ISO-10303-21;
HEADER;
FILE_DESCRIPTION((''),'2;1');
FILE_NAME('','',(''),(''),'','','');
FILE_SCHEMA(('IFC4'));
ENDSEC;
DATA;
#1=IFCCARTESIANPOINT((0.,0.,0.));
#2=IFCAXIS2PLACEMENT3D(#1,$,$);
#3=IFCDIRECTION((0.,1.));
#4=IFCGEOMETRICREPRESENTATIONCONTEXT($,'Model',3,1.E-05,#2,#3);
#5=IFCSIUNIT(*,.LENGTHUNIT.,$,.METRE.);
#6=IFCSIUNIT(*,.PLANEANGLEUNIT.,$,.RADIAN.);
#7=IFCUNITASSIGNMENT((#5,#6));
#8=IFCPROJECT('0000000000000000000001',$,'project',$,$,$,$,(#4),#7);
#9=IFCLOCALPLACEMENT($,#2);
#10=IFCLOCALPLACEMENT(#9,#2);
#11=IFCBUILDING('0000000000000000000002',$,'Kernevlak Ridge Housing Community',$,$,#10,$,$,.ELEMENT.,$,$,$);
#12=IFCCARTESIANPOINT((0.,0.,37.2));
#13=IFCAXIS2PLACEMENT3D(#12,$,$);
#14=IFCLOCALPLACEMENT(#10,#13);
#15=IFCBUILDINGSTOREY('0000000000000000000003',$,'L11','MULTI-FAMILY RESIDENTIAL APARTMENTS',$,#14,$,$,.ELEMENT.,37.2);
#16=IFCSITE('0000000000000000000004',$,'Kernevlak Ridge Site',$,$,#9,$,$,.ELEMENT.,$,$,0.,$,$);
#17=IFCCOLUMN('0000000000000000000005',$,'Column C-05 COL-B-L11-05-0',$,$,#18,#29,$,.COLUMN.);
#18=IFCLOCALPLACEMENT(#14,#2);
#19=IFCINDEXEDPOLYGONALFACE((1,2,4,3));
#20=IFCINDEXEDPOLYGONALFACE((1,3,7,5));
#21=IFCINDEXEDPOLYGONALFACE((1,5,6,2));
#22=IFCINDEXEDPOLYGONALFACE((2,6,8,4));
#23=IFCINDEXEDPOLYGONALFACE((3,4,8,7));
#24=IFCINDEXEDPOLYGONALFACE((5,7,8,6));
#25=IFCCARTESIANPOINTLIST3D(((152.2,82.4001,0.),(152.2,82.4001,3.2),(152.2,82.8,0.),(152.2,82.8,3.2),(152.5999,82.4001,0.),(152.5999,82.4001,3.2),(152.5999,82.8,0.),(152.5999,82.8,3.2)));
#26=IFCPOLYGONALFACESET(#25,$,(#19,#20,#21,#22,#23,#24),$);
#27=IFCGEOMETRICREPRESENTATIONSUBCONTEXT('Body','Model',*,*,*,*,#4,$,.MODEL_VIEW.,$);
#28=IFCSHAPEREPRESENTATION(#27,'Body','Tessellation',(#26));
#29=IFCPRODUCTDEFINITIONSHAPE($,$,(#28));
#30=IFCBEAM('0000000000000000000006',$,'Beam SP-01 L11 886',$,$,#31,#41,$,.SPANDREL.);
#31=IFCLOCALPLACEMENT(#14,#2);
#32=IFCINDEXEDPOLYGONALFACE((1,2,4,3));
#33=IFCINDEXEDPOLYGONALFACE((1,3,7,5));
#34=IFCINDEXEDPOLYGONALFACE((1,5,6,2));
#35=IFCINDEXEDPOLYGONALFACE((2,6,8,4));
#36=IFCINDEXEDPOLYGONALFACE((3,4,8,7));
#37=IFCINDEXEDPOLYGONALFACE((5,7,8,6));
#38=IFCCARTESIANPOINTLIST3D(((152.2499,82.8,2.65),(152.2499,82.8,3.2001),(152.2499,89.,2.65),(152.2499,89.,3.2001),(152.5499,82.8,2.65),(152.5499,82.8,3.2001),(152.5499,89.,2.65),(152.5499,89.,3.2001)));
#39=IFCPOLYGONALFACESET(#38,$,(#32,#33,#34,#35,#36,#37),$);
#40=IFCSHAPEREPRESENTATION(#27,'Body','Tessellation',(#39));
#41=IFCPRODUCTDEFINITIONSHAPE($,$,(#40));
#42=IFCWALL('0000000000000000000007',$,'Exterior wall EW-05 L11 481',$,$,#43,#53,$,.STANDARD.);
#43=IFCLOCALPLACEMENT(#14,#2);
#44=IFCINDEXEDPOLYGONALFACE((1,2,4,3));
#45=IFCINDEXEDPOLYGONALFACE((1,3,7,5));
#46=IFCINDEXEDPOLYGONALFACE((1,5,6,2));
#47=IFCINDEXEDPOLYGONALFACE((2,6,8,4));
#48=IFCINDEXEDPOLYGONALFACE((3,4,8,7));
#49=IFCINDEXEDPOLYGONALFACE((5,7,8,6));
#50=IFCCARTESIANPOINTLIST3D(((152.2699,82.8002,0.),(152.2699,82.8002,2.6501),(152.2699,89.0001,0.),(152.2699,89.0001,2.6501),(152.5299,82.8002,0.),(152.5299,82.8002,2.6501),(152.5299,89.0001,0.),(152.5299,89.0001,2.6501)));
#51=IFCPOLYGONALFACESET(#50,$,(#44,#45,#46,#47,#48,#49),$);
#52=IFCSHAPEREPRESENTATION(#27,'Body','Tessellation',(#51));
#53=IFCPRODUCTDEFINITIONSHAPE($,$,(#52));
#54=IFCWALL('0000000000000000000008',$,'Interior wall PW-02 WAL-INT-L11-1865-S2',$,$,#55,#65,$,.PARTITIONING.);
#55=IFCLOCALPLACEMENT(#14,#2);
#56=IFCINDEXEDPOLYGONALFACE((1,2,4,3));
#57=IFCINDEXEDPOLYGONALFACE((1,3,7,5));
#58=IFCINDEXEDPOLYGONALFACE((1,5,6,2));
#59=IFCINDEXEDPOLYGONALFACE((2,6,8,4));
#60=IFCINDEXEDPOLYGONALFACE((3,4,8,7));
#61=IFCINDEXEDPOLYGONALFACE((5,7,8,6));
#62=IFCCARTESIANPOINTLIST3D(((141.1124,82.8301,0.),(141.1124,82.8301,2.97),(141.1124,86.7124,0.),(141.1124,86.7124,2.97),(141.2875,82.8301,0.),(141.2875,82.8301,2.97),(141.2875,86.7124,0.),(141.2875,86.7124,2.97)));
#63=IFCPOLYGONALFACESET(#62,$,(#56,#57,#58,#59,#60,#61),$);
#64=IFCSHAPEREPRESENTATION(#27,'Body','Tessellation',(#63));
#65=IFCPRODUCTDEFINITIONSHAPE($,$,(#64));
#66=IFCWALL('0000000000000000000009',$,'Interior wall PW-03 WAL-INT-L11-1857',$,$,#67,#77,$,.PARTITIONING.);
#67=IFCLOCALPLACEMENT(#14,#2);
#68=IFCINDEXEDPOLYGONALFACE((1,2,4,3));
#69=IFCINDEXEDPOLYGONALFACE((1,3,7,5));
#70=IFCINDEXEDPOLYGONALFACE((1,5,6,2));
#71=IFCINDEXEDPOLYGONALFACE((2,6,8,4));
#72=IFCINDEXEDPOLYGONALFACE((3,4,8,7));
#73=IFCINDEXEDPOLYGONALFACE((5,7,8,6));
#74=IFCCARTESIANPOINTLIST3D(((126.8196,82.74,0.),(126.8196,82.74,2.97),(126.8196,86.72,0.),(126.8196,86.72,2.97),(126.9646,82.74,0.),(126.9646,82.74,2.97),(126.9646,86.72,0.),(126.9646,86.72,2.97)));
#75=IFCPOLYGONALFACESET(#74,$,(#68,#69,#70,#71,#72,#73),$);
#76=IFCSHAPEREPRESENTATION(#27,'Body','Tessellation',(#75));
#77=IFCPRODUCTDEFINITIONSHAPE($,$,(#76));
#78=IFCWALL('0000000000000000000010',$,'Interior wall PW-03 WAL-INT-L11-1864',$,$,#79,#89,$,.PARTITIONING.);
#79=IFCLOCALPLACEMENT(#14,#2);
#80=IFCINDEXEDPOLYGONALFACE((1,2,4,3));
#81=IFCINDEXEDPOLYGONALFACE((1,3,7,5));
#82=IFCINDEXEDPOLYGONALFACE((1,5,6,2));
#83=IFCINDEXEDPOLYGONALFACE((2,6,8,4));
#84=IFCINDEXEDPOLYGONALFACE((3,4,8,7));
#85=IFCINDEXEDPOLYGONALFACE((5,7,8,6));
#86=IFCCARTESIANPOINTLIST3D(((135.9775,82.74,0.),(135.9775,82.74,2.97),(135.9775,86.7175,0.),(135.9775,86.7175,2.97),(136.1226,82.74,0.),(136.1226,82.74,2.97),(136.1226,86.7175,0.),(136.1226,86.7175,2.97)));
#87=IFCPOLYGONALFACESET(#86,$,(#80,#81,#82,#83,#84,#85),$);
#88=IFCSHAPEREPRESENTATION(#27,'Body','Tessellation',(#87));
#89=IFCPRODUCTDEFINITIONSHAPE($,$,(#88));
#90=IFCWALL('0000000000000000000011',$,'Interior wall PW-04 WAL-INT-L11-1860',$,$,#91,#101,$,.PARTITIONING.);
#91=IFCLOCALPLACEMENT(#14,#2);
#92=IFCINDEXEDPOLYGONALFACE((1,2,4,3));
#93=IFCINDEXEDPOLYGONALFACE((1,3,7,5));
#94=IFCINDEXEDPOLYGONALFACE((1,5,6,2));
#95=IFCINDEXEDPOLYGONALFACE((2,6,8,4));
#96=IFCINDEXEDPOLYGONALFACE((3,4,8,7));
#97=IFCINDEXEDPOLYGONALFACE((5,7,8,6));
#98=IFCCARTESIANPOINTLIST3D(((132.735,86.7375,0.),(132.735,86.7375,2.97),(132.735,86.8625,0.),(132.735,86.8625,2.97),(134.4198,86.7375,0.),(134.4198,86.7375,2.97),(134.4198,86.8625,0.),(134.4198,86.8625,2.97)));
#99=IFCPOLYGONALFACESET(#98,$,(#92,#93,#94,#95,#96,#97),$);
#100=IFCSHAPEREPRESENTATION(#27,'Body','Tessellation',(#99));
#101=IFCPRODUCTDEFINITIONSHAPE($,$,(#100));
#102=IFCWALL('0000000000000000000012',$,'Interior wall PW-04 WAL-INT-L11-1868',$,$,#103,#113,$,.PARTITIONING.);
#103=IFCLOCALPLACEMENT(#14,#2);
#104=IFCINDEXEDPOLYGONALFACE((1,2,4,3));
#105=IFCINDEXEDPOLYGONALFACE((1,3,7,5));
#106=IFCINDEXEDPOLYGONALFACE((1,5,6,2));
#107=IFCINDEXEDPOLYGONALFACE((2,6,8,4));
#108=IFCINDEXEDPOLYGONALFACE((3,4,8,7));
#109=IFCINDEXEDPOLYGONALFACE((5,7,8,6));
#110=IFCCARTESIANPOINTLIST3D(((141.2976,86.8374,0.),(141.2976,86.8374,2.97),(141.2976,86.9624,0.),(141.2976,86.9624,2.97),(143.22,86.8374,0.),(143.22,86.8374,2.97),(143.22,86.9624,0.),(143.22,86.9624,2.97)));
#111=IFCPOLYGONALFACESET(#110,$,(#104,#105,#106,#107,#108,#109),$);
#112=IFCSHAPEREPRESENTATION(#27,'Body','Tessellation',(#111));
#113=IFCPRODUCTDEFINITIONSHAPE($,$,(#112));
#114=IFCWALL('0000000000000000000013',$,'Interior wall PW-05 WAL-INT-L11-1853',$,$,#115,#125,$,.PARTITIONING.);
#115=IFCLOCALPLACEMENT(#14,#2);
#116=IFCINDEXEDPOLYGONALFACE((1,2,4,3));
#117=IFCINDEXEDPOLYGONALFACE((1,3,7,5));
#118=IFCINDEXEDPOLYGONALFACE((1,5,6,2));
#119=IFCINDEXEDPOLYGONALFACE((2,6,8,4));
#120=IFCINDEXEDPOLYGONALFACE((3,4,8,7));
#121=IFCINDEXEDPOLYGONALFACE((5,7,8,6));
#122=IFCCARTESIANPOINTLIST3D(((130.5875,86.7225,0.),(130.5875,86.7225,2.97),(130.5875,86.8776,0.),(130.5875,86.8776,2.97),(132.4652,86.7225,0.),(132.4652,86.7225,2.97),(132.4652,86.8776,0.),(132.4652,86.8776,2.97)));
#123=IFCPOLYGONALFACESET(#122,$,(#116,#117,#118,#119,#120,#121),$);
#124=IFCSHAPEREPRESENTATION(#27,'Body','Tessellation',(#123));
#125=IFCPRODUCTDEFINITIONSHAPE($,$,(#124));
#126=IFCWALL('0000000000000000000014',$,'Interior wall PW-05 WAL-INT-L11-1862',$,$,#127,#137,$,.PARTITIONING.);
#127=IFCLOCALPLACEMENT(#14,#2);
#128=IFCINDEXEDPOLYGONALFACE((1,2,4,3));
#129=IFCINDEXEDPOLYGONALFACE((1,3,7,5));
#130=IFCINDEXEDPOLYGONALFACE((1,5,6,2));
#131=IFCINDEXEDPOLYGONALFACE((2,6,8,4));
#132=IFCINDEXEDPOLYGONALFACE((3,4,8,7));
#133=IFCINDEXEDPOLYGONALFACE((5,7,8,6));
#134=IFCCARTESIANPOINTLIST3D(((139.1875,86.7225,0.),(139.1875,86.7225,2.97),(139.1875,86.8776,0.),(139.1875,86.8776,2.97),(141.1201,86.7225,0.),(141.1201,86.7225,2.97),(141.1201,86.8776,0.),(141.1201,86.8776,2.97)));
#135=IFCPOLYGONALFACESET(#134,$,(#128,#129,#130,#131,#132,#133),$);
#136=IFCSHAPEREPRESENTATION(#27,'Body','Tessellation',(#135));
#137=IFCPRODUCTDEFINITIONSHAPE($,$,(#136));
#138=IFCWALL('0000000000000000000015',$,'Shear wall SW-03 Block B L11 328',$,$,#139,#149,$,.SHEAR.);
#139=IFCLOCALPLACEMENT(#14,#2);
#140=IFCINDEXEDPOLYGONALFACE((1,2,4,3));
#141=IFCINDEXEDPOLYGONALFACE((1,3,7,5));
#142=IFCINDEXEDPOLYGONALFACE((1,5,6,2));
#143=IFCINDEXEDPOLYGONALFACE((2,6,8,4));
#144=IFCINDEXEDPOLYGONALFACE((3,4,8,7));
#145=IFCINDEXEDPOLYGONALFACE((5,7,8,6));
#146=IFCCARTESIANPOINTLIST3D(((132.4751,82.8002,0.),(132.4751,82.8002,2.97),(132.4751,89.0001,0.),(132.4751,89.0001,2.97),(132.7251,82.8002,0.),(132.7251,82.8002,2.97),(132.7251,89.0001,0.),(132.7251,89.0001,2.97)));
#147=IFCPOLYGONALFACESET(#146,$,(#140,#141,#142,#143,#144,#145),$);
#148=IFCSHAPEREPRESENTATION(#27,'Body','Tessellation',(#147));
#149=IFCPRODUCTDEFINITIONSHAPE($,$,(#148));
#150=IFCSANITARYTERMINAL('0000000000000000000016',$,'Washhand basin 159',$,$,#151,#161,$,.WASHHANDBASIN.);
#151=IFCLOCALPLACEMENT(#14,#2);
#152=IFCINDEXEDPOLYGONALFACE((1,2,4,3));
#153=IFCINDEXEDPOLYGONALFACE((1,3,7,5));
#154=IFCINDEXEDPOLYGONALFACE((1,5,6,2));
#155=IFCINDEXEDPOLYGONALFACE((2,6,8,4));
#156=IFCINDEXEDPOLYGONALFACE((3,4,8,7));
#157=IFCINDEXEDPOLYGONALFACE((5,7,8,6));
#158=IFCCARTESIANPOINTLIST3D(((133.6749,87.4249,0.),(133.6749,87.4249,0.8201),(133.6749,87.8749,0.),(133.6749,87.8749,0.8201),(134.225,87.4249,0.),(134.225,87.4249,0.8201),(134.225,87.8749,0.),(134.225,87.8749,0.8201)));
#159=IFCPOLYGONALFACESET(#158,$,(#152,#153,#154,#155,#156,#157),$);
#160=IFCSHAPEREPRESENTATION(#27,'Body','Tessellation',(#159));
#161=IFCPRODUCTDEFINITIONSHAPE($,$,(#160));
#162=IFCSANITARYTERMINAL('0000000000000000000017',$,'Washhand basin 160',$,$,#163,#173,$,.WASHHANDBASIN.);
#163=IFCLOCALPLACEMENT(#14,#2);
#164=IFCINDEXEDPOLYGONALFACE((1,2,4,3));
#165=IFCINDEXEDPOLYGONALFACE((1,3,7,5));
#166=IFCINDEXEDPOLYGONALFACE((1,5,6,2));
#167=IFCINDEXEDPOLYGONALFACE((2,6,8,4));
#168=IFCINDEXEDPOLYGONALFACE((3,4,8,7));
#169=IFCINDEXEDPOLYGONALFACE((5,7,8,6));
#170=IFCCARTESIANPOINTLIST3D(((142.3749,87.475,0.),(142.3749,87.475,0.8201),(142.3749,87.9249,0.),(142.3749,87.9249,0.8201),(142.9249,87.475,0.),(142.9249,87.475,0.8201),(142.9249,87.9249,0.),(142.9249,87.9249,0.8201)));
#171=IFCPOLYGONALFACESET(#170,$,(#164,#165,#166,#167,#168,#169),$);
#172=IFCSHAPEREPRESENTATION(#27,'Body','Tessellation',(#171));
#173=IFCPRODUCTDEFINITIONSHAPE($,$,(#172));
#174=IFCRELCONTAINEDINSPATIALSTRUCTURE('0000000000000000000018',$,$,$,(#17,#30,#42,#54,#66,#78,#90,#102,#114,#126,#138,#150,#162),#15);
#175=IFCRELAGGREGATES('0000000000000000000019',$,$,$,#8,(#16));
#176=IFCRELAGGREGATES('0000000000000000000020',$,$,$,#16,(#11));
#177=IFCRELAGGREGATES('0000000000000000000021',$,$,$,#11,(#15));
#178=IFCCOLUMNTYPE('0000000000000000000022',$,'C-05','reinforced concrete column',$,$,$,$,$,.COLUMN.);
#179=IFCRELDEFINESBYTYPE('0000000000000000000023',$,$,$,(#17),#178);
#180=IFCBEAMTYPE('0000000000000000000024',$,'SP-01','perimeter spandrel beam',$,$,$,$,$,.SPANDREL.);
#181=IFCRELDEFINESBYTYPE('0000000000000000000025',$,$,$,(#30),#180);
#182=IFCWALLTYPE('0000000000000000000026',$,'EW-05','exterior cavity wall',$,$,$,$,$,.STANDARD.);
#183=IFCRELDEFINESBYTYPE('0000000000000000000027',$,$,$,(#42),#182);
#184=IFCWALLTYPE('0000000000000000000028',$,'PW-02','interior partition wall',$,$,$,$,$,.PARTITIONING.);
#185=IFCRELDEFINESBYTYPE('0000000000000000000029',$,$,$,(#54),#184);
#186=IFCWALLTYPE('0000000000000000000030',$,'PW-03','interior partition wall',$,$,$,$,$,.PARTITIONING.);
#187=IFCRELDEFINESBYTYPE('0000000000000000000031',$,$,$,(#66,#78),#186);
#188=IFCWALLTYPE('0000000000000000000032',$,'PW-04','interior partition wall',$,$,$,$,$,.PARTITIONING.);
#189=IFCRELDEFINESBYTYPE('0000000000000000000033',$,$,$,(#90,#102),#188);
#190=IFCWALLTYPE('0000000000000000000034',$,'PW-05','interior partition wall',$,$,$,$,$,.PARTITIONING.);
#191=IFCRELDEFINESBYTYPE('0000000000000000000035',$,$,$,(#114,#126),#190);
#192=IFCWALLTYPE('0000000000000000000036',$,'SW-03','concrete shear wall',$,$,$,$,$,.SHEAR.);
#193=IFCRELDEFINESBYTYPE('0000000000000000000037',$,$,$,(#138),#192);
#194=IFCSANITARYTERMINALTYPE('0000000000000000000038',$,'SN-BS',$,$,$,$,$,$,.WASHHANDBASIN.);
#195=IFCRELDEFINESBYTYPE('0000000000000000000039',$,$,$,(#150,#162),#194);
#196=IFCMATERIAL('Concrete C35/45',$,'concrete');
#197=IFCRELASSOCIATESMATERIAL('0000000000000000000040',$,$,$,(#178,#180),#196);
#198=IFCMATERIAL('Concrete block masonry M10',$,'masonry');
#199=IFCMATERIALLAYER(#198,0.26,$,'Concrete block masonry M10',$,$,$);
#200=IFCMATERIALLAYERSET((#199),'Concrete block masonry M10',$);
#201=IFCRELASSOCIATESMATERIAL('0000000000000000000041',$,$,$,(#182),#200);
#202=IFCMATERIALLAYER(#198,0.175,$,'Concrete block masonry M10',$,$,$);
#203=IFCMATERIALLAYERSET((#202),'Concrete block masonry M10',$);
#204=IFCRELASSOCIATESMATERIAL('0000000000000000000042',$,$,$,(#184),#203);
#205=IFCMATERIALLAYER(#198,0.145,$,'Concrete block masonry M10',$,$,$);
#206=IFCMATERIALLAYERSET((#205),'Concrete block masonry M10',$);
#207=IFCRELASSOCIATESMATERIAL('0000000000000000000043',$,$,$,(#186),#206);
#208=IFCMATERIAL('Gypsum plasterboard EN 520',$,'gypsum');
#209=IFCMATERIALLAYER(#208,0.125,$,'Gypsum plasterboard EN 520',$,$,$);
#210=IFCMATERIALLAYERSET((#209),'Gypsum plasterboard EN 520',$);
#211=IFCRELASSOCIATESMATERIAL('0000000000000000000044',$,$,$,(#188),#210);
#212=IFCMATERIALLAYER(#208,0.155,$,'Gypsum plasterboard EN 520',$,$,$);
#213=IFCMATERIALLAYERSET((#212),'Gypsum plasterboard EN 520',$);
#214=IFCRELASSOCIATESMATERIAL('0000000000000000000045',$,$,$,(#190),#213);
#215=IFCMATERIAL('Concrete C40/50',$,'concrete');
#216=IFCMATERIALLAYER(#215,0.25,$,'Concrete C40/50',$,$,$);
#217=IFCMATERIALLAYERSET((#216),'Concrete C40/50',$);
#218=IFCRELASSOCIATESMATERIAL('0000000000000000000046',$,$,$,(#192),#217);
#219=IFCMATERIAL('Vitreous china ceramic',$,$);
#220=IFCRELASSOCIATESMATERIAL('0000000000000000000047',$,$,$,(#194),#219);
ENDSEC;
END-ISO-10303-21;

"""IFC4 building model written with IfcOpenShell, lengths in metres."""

from ifc_helpers import new_model, si_unit, direction, frame, frame_2d, origin, origin_2d, place, context, subcontext, project, spatial, rectangle, extrude, material, layer, layer_set, material_profile, profile_set, type_object, element, save


model = new_model("IFC4")

# Units and contexts
model_context = context("Model", 3, precision=1e-05, world=origin(), true_north=direction((0.0, 1.0)))
body_context = subcontext(model_context, "Body", "Model", "MODEL_VIEW")
ifc_project = project(units=[si_unit("LENGTHUNIT", "METRE"), si_unit("PLANEANGLEUNIT", "RADIAN")], contexts=[model_context])

# Site, building, storey
site_placement = place(None, origin())
site = spatial("IfcSite", under=ifc_project, at=site_placement, Name="Kernevlak Ridge Site", CompositionType="ELEMENT", RefElevation=0.0)
building_placement = place(site_placement, origin())
building = spatial("IfcBuilding", under=site, at=building_placement, Name="Kernevlak Ridge Housing Community", CompositionType="ELEMENT")
storey_placement = place(building_placement, frame((0.0, 0.0, 37.2)))
storey = spatial("IfcBuildingStorey", under=building, at=storey_placement, Name="L11", Description="MULTI-FAMILY RESIDENTIAL APARTMENTS", CompositionType="ELEMENT", Elevation=37.2)

# Column
ifc_material_1 = material(Name="Concrete C35/45", Category="concrete")
ifc_material_profile_1 = material_profile(ifc_material_1, rectangle(XDim=0.3999, YDim=0.3999, at=origin_2d()), Name="RC 400x400")
ifc_profile_set_1 = profile_set([ifc_material_profile_1], Name="Concrete C35/45")
column_type = type_object("IfcColumnType", Name="C-05", Description="reinforced concrete column", PredefinedType="COLUMN", material=ifc_profile_set_1)
column_placement = place(storey_placement, frame((152.3999, 82.6001, 0.0), z_axis=(0.0, 0.0, 1.0), x_axis=(1.0, 0.0, 0.0)))
element("IfcColumn", 1, at=column_placement, inside=storey, type_object=column_type, Name="Column C-05 COL-B-L11-05-0", PredefinedType="COLUMN", context=body_context, shape_type="SweptSolid", body=[
    extrude(rectangle(XDim=0.3999, YDim=0.3999, at=origin_2d()), origin(), (0.0, 0.0, 1.0), 3.2),
])

# Beam
ifc_material_profile_2 = material_profile(ifc_material_1, rectangle(XDim=0.3, YDim=0.55, at=origin_2d()), Name="RC 300x550")
ifc_profile_set_2 = profile_set([ifc_material_profile_2], Name="Concrete C35/45")
beam_type = type_object("IfcBeamType", Name="SP-01", Description="perimeter spandrel beam", PredefinedType="SPANDREL", material=ifc_profile_set_2)
beam_placement = place(storey_placement, frame((152.3999, 82.8, 2.925), z_axis=(0.0, 1.0, 0.0), x_axis=(-1.0, 0.0, 0.0)))
element("IfcBeam", 2, at=beam_placement, inside=storey, type_object=beam_type, Name="Beam SP-01 L11 886", PredefinedType="SPANDREL", context=body_context, shape_type="SweptSolid", body=[
    extrude(rectangle(XDim=0.3, YDim=0.55, at=origin_2d()), origin(), (0.0, 0.0, 1.0), 6.2),
])

# Walls
ifc_material_2 = material(Name="Concrete block masonry M10", Category="masonry")
ifc_layer_1 = layer(ifc_material_2, 0.26, Name="Concrete block masonry M10")
ifc_layer_set_1 = layer_set([ifc_layer_1], Name="Concrete block masonry M10")
wall_type_1 = type_object("IfcWallType", Name="EW-05", Description="exterior cavity wall", PredefinedType="STANDARD", material=ifc_layer_set_1)
wall_1_placement = place(storey_placement, frame((152.3999, 82.8, 0.0), z_axis=(0.0, 0.0, 1.0), x_axis=(0.0, 1.0, 0.0)))
element("IfcWall", 3, at=wall_1_placement, inside=storey, type_object=wall_type_1, Name="Exterior wall EW-05 L11 481", PredefinedType="STANDARD", context=body_context, shape_type="SweptSolid", body=[
    extrude(rectangle(XDim=6.2, YDim=0.26, at=frame_2d((3.1001, 0.0))), origin(), (0.0, 0.0, 1.0), 2.6501),
])
ifc_layer_2 = layer(ifc_material_2, 0.175, Name="Concrete block masonry M10")
ifc_layer_set_2 = layer_set([ifc_layer_2], Name="Concrete block masonry M10")
wall_type_2 = type_object("IfcWallType", Name="PW-02", Description="interior partition wall", PredefinedType="PARTITIONING", material=ifc_layer_set_2)
wall_2_placement = place(storey_placement, frame((141.2, 86.7124, 0.0), z_axis=(0.0, 0.0, 1.0), x_axis=(0.0, -1.0, 0.0)))
element("IfcWall", 4, at=wall_2_placement, inside=storey, type_object=wall_type_2, Name="Interior wall PW-02 WAL-INT-L11-1865-S2", PredefinedType="PARTITIONING", context=body_context, shape_type="SweptSolid", body=[
    extrude(rectangle(XDim=3.8823, YDim=0.175, at=frame_2d((1.9412, 0.0))), origin(), (0.0, 0.0, 1.0), 2.97),
])
ifc_layer_3 = layer(ifc_material_2, 0.145, Name="Concrete block masonry M10")
ifc_layer_set_3 = layer_set([ifc_layer_3], Name="Concrete block masonry M10")
wall_type_3 = type_object("IfcWallType", Name="PW-03", Description="interior partition wall", PredefinedType="PARTITIONING", material=ifc_layer_set_3)
wall_3_placement = place(storey_placement, frame((126.8921, 86.72, 0.0), z_axis=(0.0, 0.0, 1.0), x_axis=(0.0, -1.0, 0.0)))
element("IfcWall", 5, at=wall_3_placement, inside=storey, type_object=wall_type_3, Name="Interior wall PW-03 WAL-INT-L11-1857", PredefinedType="PARTITIONING", context=body_context, shape_type="SweptSolid", body=[
    extrude(rectangle(XDim=3.98, YDim=0.145, at=frame_2d((1.99, 0.0))), origin(), (0.0, 0.0, 1.0), 2.97),
])

# Walls
wall_4_placement = place(storey_placement, frame((136.05, 86.7175, 0.0), z_axis=(0.0, 0.0, 1.0), x_axis=(0.0, -1.0, 0.0)))
element("IfcWall", 6, at=wall_4_placement, inside=storey, type_object=wall_type_3, Name="Interior wall PW-03 WAL-INT-L11-1864", PredefinedType="PARTITIONING", context=body_context, shape_type="SweptSolid", body=[
    extrude(rectangle(XDim=3.9775, YDim=0.145, at=frame_2d((1.9888, 0.0))), origin(), (0.0, 0.0, 1.0), 2.97),
])
ifc_material_3 = material(Name="Gypsum plasterboard EN 520", Category="gypsum")
ifc_layer_4 = layer(ifc_material_3, 0.125, Name="Gypsum plasterboard EN 520")
ifc_layer_set_4 = layer_set([ifc_layer_4], Name="Gypsum plasterboard EN 520")
wall_type_4 = type_object("IfcWallType", Name="PW-04", Description="interior partition wall", PredefinedType="PARTITIONING", material=ifc_layer_set_4)
wall_5_placement = place(storey_placement, frame((132.7351, 86.8, 0.0), z_axis=(0.0, 0.0, 1.0), x_axis=(1.0, 0.0, 0.0)))
element("IfcWall", 7, at=wall_5_placement, inside=storey, type_object=wall_type_4, Name="Interior wall PW-04 WAL-INT-L11-1860", PredefinedType="PARTITIONING", context=body_context, shape_type="SweptSolid", body=[
    extrude(rectangle(XDim=1.6848, YDim=0.125, at=frame_2d((0.8423, 0.0))), origin(), (0.0, 0.0, 1.0), 2.97),
])
wall_6_placement = place(storey_placement, frame((141.2976, 86.8999, 0.0), z_axis=(0.0, 0.0, 1.0), x_axis=(1.0, 0.0, 0.0)))
element("IfcWall", 8, at=wall_6_placement, inside=storey, type_object=wall_type_4, Name="Interior wall PW-04 WAL-INT-L11-1868", PredefinedType="PARTITIONING", context=body_context, shape_type="SweptSolid", body=[
    extrude(rectangle(XDim=1.9224, YDim=0.125, at=frame_2d((0.9612, 0.0))), origin(), (0.0, 0.0, 1.0), 2.97),
])
ifc_layer_5 = layer(ifc_material_3, 0.155, Name="Gypsum plasterboard EN 520")
ifc_layer_set_5 = layer_set([ifc_layer_5], Name="Gypsum plasterboard EN 520")
wall_type_5 = type_object("IfcWallType", Name="PW-05", Description="interior partition wall", PredefinedType="PARTITIONING", material=ifc_layer_set_5)
wall_7_placement = place(storey_placement, frame((130.5874, 86.8, 0.0), z_axis=(0.0, 0.0, 1.0), x_axis=(1.0, 0.0, 0.0)))
element("IfcWall", 9, at=wall_7_placement, inside=storey, type_object=wall_type_5, Name="Interior wall PW-05 WAL-INT-L11-1853", PredefinedType="PARTITIONING", context=body_context, shape_type="SweptSolid", body=[
    extrude(rectangle(XDim=1.8777, YDim=0.155, at=frame_2d((0.939, 0.0))), origin(), (0.0, 0.0, 1.0), 2.97),
])
wall_8_placement = place(storey_placement, frame((139.1875, 86.8, 0.0), z_axis=(0.0, 0.0, 1.0), x_axis=(1.0, 0.0, 0.0)))
element("IfcWall", 10, at=wall_8_placement, inside=storey, type_object=wall_type_5, Name="Interior wall PW-05 WAL-INT-L11-1862", PredefinedType="PARTITIONING", context=body_context, shape_type="SweptSolid", body=[
    extrude(rectangle(XDim=1.9326, YDim=0.155, at=frame_2d((0.9663, 0.0))), origin(), (0.0, 0.0, 1.0), 2.97),
])
ifc_material_4 = material(Name="Concrete C40/50", Category="concrete")
ifc_layer_6 = layer(ifc_material_4, 0.25, Name="Concrete C40/50")
ifc_layer_set_6 = layer_set([ifc_layer_6], Name="Concrete C40/50")
wall_type_6 = type_object("IfcWallType", Name="SW-03", Description="concrete shear wall", PredefinedType="SHEAR", material=ifc_layer_set_6)
wall_9_placement = place(storey_placement, frame((132.6001, 82.8, 0.0), z_axis=(0.0, 0.0, 1.0), x_axis=(0.0, 1.0, 0.0)))
element("IfcWall", 11, at=wall_9_placement, inside=storey, type_object=wall_type_6, Name="Shear wall SW-03 Block B L11 328", PredefinedType="SHEAR", context=body_context, shape_type="SweptSolid", body=[
    extrude(rectangle(XDim=6.2, YDim=0.25, at=frame_2d((3.1001, 0.0))), origin(), (0.0, 0.0, 1.0), 2.97),
])

# Sanitary terminals
ifc_material_5 = material(Name="Vitreous china ceramic")
sanitary_terminal_type_1 = type_object("IfcSanitaryTerminalType", Name="SN-BS", PredefinedType="WASHHANDBASIN", material=ifc_material_5)
for number, where, z_axis, x_axis, name in (
    (12, (133.95, 87.6499, 0.0), (0.0, 0.0, 1.0), (1.0, 0.0, 0.0), "Washhand basin 159"),
    (13, (142.6499, 87.7, 0.0), (0.0, 0.0, 1.0), (1.0, 0.0, 0.0), "Washhand basin 160"),
):
    element("IfcSanitaryTerminal", number, at=place(storey_placement, frame(where, z_axis=z_axis, x_axis=x_axis)), inside=storey, type_object=sanitary_terminal_type_1, Name=name, PredefinedType="WASHHANDBASIN", context=body_context, shape_type="SweptSolid", body=[
        extrude(rectangle(XDim=0.55, YDim=0.45, at=origin_2d()), origin(), (0.0, 0.0, 1.0), 0.8201),
    ])

save(model, "model.ifc")
